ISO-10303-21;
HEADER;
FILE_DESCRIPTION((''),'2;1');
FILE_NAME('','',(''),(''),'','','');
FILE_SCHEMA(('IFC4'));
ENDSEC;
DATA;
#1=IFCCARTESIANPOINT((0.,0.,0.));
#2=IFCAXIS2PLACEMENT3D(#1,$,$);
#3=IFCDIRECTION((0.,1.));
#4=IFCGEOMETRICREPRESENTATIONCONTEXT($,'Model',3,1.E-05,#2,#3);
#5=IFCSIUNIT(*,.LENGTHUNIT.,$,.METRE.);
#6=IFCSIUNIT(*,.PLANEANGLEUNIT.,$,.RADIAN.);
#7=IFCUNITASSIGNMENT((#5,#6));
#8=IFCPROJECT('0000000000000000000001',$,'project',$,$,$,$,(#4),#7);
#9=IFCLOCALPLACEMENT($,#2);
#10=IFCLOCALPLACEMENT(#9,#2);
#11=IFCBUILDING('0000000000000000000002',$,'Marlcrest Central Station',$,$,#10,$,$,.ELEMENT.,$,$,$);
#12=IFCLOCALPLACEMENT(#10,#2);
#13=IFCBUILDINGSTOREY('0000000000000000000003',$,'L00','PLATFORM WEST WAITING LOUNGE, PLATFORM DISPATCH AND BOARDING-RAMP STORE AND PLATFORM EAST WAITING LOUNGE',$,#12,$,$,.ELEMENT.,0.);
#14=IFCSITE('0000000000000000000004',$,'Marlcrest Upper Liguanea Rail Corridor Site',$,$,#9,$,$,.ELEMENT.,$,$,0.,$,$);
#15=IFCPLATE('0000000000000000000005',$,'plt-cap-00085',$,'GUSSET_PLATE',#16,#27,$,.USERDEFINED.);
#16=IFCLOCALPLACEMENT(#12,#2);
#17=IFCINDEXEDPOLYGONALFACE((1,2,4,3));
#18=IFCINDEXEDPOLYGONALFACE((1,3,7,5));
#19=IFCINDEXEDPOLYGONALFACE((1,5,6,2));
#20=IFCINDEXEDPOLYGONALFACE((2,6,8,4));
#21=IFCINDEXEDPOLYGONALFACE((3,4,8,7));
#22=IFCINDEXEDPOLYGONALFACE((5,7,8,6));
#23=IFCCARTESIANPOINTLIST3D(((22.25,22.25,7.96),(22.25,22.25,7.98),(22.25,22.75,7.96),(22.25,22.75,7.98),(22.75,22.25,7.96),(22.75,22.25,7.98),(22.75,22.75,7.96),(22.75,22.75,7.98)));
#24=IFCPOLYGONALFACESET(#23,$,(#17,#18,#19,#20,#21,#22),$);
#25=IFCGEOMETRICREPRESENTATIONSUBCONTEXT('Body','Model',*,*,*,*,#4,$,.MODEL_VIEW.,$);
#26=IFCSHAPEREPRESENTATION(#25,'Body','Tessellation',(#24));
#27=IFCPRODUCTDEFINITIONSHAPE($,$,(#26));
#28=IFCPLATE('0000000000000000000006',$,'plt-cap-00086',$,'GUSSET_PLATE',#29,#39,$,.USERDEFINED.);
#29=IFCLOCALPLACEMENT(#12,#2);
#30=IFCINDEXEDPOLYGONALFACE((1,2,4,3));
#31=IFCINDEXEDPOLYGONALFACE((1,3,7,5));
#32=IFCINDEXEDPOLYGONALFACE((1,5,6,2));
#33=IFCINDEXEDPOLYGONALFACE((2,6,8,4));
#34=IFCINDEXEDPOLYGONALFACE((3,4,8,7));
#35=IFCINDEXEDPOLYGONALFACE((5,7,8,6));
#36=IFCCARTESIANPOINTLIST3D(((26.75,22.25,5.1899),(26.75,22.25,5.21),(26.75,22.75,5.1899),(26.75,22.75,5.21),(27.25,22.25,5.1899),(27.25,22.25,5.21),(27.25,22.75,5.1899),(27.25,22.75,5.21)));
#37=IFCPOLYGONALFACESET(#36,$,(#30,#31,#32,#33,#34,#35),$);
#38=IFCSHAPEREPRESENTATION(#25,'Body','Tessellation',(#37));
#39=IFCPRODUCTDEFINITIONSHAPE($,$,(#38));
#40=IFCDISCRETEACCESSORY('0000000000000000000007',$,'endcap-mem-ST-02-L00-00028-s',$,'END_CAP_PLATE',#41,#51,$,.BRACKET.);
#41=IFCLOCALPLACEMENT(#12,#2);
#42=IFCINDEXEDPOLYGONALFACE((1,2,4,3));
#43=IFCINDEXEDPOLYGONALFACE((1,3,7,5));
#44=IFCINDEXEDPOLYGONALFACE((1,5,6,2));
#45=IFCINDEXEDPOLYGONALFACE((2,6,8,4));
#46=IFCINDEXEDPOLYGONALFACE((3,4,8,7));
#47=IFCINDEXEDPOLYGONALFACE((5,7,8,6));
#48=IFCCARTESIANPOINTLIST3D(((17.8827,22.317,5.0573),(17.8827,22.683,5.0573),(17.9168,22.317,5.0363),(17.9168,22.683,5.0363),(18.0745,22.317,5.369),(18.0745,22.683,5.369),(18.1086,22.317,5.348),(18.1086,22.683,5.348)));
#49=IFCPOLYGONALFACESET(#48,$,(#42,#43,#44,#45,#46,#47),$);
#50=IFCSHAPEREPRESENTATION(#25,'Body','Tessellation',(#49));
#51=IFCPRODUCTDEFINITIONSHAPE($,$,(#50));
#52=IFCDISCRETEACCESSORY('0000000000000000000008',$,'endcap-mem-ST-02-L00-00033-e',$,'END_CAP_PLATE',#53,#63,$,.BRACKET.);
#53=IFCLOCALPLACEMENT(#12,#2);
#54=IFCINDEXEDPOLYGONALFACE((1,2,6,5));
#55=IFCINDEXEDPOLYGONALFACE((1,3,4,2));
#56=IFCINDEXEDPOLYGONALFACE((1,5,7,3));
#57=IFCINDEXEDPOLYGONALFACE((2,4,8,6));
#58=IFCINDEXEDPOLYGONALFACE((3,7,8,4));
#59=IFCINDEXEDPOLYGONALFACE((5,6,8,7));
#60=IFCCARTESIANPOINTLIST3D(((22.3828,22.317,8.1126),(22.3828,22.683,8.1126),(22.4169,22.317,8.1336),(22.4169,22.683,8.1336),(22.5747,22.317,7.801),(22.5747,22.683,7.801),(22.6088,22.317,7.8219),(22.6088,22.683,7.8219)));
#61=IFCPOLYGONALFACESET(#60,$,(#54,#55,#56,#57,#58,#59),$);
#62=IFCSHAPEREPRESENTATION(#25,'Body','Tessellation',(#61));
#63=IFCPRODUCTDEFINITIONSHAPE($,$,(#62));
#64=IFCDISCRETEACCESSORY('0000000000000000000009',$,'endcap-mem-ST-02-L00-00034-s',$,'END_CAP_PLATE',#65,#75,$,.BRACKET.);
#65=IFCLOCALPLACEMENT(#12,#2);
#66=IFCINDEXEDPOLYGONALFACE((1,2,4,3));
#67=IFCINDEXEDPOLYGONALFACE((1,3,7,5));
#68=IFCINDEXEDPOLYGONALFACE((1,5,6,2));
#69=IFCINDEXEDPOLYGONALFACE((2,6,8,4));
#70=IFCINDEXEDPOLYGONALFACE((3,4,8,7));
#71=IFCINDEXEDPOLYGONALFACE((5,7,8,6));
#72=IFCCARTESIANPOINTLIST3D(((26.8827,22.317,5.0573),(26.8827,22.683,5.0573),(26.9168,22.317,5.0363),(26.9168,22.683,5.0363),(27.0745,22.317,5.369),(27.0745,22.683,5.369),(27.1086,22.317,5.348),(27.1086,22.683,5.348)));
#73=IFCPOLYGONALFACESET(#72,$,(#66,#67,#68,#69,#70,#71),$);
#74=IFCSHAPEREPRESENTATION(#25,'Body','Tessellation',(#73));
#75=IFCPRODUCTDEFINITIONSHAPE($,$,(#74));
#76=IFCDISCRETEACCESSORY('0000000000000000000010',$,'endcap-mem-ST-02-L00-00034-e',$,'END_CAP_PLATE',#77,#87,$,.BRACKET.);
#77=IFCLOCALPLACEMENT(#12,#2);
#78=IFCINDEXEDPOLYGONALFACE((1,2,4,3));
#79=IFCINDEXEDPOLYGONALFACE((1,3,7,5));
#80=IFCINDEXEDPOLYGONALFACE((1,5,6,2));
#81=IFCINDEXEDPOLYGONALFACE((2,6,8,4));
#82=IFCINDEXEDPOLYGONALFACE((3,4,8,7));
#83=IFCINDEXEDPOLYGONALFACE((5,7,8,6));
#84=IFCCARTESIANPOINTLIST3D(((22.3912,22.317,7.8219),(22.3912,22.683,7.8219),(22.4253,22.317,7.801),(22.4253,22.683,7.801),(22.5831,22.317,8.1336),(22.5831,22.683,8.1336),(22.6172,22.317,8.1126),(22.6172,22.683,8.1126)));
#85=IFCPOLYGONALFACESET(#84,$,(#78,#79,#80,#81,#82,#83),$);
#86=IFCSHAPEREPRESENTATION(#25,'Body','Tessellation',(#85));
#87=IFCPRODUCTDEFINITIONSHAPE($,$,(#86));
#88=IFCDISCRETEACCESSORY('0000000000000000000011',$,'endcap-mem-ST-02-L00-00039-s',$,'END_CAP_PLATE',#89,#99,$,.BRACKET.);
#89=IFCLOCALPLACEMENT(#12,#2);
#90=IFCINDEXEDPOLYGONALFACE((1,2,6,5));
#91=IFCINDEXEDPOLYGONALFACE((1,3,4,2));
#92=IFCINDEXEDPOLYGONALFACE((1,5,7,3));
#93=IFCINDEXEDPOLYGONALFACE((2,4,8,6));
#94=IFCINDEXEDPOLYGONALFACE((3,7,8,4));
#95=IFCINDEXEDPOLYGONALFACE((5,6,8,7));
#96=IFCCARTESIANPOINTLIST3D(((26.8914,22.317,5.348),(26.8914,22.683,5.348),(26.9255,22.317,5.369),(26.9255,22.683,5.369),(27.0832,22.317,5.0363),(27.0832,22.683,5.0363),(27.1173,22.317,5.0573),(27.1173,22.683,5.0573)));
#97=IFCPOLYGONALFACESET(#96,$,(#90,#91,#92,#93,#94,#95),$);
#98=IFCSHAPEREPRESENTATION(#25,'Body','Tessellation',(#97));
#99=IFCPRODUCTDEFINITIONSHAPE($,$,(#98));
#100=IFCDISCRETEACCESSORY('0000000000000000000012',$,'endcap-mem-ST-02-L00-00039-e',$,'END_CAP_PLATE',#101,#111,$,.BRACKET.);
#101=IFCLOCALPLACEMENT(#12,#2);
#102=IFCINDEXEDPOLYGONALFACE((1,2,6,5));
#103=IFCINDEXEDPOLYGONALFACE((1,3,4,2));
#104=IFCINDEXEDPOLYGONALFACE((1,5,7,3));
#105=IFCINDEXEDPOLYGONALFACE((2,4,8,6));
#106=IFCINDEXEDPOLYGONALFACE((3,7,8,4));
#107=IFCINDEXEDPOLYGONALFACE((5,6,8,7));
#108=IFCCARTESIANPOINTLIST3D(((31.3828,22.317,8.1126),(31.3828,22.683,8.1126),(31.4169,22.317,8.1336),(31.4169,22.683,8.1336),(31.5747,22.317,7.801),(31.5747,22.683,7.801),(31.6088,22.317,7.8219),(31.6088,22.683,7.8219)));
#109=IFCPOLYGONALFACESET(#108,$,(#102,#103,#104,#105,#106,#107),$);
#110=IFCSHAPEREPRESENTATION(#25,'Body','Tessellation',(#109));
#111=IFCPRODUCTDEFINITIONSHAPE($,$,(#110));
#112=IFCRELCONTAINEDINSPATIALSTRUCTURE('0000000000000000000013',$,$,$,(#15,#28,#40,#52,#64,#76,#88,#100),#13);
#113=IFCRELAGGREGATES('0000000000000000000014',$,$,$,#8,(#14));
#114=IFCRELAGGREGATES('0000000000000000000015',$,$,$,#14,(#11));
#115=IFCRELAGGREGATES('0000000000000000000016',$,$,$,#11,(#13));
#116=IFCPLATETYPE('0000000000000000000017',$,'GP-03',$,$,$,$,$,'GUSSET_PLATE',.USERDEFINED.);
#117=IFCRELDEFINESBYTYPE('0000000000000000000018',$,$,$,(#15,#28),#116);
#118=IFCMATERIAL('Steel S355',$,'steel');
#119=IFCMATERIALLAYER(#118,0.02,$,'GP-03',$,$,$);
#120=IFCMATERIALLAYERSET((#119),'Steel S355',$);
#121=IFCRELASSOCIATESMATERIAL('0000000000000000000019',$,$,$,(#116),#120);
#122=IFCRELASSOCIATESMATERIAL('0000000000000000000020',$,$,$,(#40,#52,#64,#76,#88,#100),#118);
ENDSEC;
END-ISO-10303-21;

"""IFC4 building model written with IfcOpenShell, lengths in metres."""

from ifc_helpers import new_model, si_unit, direction, frame, origin, origin_2d, place, context, subcontext, project, spatial, rectangle, extrude, material, layer, layer_set, type_object, element, save


model = new_model("IFC4")

# Units and contexts
model_context = context("Model", 3, precision=1e-05, world=origin(), true_north=direction((0.0, 1.0)))
body_context = subcontext(model_context, "Body", "Model", "MODEL_VIEW")
ifc_project = project(units=[si_unit("LENGTHUNIT", "METRE"), si_unit("PLANEANGLEUNIT", "RADIAN")], contexts=[model_context])

# Site, building, storey
site_placement = place(None, origin())
site = spatial("IfcSite", under=ifc_project, at=site_placement, Name="Marlcrest Upper Liguanea Rail Corridor Site", CompositionType="ELEMENT", RefElevation=0.0)
building_placement = place(site_placement, origin())
building = spatial("IfcBuilding", under=site, at=building_placement, Name="Marlcrest Central Station", CompositionType="ELEMENT")
storey_placement = place(building_placement, origin())
storey = spatial("IfcBuildingStorey", under=building, at=storey_placement, Name="L00", Description="PLATFORM WEST WAITING LOUNGE, PLATFORM DISPATCH AND BOARDING-RAMP STORE AND PLATFORM EAST WAITING LOUNGE", CompositionType="ELEMENT", Elevation=0.0)

# Shared definitions
ifc_material_1 = material(Name="Steel S355", Category="steel")

# Plates
ifc_layer_1 = layer(ifc_material_1, 0.02, Name="GP-03")
ifc_layer_set_1 = layer_set([ifc_layer_1], Name="Steel S355")
plate_type_1 = type_object("IfcPlateType", Name="GP-03", ElementType="GUSSET_PLATE", PredefinedType="USERDEFINED", material=ifc_layer_set_1)
for number, where, z_axis, x_axis, name in (
    (1, (22.5, 22.5, 7.96), (0.0, 0.0, 1.0), (1.0, 0.0, 0.0), "plt-cap-00085"),
    (2, (27.0, 22.5, 5.1899), (0.0, 0.0, 1.0), (1.0, 0.0, 0.0), "plt-cap-00086"),
):
    element("IfcPlate", number, at=place(storey_placement, frame(where, z_axis=z_axis, x_axis=x_axis)), inside=storey, type_object=plate_type_1, Name=name, ObjectType="GUSSET_PLATE", PredefinedType="USERDEFINED", context=body_context, shape_type="SweptSolid", body=[
        extrude(rectangle(XDim=0.5, YDim=0.5, at=origin_2d()), origin(), (0.0, 0.0, 1.0), 0.02),
    ])

# Discrete accessories
for number, where, z_axis, x_axis, name in (
    (3, (18.0127, 22.5, 5.1921), (-0.851592, 0.0, 0.524206), (0.0, -1.0, 0.0), "endcap-mem-ST-02-L00-00028-s"),
    (4, (22.4788, 22.5, 7.9568), (0.851592, 0.0, 0.524206), (0.0, 1.0, 0.0), "endcap-mem-ST-02-L00-00033-e"),
    (5, (27.0127, 22.5, 5.1921), (-0.851592, 0.0, 0.524206), (0.0, -1.0, 0.0), "endcap-mem-ST-02-L00-00034-s"),
    (6, (22.5212, 22.5, 7.9568), (-0.851592, 0.0, 0.524206), (0.0, -1.0, 0.0), "endcap-mem-ST-02-L00-00034-e"),
    (7, (26.9873, 22.5, 5.1921), (0.851592, 0.0, 0.524206), (0.0, 1.0, 0.0), "endcap-mem-ST-02-L00-00039-s"),
    (8, (31.4788, 22.5, 7.9568), (0.851592, 0.0, 0.524206), (0.0, 1.0, 0.0), "endcap-mem-ST-02-L00-00039-e"),
):
    element("IfcDiscreteAccessory", number, at=place(storey_placement, frame(where, z_axis=z_axis, x_axis=x_axis)), inside=storey, material=ifc_material_1, Name=name, ObjectType="END_CAP_PLATE", PredefinedType="BRACKET", context=body_context, shape_type="SweptSolid", body=[
        extrude(rectangle(XDim=0.366, YDim=0.366, at=origin_2d()), origin(), (0.0, 0.0, 1.0), 0.04),
    ])

save(model, "model.ifc")
